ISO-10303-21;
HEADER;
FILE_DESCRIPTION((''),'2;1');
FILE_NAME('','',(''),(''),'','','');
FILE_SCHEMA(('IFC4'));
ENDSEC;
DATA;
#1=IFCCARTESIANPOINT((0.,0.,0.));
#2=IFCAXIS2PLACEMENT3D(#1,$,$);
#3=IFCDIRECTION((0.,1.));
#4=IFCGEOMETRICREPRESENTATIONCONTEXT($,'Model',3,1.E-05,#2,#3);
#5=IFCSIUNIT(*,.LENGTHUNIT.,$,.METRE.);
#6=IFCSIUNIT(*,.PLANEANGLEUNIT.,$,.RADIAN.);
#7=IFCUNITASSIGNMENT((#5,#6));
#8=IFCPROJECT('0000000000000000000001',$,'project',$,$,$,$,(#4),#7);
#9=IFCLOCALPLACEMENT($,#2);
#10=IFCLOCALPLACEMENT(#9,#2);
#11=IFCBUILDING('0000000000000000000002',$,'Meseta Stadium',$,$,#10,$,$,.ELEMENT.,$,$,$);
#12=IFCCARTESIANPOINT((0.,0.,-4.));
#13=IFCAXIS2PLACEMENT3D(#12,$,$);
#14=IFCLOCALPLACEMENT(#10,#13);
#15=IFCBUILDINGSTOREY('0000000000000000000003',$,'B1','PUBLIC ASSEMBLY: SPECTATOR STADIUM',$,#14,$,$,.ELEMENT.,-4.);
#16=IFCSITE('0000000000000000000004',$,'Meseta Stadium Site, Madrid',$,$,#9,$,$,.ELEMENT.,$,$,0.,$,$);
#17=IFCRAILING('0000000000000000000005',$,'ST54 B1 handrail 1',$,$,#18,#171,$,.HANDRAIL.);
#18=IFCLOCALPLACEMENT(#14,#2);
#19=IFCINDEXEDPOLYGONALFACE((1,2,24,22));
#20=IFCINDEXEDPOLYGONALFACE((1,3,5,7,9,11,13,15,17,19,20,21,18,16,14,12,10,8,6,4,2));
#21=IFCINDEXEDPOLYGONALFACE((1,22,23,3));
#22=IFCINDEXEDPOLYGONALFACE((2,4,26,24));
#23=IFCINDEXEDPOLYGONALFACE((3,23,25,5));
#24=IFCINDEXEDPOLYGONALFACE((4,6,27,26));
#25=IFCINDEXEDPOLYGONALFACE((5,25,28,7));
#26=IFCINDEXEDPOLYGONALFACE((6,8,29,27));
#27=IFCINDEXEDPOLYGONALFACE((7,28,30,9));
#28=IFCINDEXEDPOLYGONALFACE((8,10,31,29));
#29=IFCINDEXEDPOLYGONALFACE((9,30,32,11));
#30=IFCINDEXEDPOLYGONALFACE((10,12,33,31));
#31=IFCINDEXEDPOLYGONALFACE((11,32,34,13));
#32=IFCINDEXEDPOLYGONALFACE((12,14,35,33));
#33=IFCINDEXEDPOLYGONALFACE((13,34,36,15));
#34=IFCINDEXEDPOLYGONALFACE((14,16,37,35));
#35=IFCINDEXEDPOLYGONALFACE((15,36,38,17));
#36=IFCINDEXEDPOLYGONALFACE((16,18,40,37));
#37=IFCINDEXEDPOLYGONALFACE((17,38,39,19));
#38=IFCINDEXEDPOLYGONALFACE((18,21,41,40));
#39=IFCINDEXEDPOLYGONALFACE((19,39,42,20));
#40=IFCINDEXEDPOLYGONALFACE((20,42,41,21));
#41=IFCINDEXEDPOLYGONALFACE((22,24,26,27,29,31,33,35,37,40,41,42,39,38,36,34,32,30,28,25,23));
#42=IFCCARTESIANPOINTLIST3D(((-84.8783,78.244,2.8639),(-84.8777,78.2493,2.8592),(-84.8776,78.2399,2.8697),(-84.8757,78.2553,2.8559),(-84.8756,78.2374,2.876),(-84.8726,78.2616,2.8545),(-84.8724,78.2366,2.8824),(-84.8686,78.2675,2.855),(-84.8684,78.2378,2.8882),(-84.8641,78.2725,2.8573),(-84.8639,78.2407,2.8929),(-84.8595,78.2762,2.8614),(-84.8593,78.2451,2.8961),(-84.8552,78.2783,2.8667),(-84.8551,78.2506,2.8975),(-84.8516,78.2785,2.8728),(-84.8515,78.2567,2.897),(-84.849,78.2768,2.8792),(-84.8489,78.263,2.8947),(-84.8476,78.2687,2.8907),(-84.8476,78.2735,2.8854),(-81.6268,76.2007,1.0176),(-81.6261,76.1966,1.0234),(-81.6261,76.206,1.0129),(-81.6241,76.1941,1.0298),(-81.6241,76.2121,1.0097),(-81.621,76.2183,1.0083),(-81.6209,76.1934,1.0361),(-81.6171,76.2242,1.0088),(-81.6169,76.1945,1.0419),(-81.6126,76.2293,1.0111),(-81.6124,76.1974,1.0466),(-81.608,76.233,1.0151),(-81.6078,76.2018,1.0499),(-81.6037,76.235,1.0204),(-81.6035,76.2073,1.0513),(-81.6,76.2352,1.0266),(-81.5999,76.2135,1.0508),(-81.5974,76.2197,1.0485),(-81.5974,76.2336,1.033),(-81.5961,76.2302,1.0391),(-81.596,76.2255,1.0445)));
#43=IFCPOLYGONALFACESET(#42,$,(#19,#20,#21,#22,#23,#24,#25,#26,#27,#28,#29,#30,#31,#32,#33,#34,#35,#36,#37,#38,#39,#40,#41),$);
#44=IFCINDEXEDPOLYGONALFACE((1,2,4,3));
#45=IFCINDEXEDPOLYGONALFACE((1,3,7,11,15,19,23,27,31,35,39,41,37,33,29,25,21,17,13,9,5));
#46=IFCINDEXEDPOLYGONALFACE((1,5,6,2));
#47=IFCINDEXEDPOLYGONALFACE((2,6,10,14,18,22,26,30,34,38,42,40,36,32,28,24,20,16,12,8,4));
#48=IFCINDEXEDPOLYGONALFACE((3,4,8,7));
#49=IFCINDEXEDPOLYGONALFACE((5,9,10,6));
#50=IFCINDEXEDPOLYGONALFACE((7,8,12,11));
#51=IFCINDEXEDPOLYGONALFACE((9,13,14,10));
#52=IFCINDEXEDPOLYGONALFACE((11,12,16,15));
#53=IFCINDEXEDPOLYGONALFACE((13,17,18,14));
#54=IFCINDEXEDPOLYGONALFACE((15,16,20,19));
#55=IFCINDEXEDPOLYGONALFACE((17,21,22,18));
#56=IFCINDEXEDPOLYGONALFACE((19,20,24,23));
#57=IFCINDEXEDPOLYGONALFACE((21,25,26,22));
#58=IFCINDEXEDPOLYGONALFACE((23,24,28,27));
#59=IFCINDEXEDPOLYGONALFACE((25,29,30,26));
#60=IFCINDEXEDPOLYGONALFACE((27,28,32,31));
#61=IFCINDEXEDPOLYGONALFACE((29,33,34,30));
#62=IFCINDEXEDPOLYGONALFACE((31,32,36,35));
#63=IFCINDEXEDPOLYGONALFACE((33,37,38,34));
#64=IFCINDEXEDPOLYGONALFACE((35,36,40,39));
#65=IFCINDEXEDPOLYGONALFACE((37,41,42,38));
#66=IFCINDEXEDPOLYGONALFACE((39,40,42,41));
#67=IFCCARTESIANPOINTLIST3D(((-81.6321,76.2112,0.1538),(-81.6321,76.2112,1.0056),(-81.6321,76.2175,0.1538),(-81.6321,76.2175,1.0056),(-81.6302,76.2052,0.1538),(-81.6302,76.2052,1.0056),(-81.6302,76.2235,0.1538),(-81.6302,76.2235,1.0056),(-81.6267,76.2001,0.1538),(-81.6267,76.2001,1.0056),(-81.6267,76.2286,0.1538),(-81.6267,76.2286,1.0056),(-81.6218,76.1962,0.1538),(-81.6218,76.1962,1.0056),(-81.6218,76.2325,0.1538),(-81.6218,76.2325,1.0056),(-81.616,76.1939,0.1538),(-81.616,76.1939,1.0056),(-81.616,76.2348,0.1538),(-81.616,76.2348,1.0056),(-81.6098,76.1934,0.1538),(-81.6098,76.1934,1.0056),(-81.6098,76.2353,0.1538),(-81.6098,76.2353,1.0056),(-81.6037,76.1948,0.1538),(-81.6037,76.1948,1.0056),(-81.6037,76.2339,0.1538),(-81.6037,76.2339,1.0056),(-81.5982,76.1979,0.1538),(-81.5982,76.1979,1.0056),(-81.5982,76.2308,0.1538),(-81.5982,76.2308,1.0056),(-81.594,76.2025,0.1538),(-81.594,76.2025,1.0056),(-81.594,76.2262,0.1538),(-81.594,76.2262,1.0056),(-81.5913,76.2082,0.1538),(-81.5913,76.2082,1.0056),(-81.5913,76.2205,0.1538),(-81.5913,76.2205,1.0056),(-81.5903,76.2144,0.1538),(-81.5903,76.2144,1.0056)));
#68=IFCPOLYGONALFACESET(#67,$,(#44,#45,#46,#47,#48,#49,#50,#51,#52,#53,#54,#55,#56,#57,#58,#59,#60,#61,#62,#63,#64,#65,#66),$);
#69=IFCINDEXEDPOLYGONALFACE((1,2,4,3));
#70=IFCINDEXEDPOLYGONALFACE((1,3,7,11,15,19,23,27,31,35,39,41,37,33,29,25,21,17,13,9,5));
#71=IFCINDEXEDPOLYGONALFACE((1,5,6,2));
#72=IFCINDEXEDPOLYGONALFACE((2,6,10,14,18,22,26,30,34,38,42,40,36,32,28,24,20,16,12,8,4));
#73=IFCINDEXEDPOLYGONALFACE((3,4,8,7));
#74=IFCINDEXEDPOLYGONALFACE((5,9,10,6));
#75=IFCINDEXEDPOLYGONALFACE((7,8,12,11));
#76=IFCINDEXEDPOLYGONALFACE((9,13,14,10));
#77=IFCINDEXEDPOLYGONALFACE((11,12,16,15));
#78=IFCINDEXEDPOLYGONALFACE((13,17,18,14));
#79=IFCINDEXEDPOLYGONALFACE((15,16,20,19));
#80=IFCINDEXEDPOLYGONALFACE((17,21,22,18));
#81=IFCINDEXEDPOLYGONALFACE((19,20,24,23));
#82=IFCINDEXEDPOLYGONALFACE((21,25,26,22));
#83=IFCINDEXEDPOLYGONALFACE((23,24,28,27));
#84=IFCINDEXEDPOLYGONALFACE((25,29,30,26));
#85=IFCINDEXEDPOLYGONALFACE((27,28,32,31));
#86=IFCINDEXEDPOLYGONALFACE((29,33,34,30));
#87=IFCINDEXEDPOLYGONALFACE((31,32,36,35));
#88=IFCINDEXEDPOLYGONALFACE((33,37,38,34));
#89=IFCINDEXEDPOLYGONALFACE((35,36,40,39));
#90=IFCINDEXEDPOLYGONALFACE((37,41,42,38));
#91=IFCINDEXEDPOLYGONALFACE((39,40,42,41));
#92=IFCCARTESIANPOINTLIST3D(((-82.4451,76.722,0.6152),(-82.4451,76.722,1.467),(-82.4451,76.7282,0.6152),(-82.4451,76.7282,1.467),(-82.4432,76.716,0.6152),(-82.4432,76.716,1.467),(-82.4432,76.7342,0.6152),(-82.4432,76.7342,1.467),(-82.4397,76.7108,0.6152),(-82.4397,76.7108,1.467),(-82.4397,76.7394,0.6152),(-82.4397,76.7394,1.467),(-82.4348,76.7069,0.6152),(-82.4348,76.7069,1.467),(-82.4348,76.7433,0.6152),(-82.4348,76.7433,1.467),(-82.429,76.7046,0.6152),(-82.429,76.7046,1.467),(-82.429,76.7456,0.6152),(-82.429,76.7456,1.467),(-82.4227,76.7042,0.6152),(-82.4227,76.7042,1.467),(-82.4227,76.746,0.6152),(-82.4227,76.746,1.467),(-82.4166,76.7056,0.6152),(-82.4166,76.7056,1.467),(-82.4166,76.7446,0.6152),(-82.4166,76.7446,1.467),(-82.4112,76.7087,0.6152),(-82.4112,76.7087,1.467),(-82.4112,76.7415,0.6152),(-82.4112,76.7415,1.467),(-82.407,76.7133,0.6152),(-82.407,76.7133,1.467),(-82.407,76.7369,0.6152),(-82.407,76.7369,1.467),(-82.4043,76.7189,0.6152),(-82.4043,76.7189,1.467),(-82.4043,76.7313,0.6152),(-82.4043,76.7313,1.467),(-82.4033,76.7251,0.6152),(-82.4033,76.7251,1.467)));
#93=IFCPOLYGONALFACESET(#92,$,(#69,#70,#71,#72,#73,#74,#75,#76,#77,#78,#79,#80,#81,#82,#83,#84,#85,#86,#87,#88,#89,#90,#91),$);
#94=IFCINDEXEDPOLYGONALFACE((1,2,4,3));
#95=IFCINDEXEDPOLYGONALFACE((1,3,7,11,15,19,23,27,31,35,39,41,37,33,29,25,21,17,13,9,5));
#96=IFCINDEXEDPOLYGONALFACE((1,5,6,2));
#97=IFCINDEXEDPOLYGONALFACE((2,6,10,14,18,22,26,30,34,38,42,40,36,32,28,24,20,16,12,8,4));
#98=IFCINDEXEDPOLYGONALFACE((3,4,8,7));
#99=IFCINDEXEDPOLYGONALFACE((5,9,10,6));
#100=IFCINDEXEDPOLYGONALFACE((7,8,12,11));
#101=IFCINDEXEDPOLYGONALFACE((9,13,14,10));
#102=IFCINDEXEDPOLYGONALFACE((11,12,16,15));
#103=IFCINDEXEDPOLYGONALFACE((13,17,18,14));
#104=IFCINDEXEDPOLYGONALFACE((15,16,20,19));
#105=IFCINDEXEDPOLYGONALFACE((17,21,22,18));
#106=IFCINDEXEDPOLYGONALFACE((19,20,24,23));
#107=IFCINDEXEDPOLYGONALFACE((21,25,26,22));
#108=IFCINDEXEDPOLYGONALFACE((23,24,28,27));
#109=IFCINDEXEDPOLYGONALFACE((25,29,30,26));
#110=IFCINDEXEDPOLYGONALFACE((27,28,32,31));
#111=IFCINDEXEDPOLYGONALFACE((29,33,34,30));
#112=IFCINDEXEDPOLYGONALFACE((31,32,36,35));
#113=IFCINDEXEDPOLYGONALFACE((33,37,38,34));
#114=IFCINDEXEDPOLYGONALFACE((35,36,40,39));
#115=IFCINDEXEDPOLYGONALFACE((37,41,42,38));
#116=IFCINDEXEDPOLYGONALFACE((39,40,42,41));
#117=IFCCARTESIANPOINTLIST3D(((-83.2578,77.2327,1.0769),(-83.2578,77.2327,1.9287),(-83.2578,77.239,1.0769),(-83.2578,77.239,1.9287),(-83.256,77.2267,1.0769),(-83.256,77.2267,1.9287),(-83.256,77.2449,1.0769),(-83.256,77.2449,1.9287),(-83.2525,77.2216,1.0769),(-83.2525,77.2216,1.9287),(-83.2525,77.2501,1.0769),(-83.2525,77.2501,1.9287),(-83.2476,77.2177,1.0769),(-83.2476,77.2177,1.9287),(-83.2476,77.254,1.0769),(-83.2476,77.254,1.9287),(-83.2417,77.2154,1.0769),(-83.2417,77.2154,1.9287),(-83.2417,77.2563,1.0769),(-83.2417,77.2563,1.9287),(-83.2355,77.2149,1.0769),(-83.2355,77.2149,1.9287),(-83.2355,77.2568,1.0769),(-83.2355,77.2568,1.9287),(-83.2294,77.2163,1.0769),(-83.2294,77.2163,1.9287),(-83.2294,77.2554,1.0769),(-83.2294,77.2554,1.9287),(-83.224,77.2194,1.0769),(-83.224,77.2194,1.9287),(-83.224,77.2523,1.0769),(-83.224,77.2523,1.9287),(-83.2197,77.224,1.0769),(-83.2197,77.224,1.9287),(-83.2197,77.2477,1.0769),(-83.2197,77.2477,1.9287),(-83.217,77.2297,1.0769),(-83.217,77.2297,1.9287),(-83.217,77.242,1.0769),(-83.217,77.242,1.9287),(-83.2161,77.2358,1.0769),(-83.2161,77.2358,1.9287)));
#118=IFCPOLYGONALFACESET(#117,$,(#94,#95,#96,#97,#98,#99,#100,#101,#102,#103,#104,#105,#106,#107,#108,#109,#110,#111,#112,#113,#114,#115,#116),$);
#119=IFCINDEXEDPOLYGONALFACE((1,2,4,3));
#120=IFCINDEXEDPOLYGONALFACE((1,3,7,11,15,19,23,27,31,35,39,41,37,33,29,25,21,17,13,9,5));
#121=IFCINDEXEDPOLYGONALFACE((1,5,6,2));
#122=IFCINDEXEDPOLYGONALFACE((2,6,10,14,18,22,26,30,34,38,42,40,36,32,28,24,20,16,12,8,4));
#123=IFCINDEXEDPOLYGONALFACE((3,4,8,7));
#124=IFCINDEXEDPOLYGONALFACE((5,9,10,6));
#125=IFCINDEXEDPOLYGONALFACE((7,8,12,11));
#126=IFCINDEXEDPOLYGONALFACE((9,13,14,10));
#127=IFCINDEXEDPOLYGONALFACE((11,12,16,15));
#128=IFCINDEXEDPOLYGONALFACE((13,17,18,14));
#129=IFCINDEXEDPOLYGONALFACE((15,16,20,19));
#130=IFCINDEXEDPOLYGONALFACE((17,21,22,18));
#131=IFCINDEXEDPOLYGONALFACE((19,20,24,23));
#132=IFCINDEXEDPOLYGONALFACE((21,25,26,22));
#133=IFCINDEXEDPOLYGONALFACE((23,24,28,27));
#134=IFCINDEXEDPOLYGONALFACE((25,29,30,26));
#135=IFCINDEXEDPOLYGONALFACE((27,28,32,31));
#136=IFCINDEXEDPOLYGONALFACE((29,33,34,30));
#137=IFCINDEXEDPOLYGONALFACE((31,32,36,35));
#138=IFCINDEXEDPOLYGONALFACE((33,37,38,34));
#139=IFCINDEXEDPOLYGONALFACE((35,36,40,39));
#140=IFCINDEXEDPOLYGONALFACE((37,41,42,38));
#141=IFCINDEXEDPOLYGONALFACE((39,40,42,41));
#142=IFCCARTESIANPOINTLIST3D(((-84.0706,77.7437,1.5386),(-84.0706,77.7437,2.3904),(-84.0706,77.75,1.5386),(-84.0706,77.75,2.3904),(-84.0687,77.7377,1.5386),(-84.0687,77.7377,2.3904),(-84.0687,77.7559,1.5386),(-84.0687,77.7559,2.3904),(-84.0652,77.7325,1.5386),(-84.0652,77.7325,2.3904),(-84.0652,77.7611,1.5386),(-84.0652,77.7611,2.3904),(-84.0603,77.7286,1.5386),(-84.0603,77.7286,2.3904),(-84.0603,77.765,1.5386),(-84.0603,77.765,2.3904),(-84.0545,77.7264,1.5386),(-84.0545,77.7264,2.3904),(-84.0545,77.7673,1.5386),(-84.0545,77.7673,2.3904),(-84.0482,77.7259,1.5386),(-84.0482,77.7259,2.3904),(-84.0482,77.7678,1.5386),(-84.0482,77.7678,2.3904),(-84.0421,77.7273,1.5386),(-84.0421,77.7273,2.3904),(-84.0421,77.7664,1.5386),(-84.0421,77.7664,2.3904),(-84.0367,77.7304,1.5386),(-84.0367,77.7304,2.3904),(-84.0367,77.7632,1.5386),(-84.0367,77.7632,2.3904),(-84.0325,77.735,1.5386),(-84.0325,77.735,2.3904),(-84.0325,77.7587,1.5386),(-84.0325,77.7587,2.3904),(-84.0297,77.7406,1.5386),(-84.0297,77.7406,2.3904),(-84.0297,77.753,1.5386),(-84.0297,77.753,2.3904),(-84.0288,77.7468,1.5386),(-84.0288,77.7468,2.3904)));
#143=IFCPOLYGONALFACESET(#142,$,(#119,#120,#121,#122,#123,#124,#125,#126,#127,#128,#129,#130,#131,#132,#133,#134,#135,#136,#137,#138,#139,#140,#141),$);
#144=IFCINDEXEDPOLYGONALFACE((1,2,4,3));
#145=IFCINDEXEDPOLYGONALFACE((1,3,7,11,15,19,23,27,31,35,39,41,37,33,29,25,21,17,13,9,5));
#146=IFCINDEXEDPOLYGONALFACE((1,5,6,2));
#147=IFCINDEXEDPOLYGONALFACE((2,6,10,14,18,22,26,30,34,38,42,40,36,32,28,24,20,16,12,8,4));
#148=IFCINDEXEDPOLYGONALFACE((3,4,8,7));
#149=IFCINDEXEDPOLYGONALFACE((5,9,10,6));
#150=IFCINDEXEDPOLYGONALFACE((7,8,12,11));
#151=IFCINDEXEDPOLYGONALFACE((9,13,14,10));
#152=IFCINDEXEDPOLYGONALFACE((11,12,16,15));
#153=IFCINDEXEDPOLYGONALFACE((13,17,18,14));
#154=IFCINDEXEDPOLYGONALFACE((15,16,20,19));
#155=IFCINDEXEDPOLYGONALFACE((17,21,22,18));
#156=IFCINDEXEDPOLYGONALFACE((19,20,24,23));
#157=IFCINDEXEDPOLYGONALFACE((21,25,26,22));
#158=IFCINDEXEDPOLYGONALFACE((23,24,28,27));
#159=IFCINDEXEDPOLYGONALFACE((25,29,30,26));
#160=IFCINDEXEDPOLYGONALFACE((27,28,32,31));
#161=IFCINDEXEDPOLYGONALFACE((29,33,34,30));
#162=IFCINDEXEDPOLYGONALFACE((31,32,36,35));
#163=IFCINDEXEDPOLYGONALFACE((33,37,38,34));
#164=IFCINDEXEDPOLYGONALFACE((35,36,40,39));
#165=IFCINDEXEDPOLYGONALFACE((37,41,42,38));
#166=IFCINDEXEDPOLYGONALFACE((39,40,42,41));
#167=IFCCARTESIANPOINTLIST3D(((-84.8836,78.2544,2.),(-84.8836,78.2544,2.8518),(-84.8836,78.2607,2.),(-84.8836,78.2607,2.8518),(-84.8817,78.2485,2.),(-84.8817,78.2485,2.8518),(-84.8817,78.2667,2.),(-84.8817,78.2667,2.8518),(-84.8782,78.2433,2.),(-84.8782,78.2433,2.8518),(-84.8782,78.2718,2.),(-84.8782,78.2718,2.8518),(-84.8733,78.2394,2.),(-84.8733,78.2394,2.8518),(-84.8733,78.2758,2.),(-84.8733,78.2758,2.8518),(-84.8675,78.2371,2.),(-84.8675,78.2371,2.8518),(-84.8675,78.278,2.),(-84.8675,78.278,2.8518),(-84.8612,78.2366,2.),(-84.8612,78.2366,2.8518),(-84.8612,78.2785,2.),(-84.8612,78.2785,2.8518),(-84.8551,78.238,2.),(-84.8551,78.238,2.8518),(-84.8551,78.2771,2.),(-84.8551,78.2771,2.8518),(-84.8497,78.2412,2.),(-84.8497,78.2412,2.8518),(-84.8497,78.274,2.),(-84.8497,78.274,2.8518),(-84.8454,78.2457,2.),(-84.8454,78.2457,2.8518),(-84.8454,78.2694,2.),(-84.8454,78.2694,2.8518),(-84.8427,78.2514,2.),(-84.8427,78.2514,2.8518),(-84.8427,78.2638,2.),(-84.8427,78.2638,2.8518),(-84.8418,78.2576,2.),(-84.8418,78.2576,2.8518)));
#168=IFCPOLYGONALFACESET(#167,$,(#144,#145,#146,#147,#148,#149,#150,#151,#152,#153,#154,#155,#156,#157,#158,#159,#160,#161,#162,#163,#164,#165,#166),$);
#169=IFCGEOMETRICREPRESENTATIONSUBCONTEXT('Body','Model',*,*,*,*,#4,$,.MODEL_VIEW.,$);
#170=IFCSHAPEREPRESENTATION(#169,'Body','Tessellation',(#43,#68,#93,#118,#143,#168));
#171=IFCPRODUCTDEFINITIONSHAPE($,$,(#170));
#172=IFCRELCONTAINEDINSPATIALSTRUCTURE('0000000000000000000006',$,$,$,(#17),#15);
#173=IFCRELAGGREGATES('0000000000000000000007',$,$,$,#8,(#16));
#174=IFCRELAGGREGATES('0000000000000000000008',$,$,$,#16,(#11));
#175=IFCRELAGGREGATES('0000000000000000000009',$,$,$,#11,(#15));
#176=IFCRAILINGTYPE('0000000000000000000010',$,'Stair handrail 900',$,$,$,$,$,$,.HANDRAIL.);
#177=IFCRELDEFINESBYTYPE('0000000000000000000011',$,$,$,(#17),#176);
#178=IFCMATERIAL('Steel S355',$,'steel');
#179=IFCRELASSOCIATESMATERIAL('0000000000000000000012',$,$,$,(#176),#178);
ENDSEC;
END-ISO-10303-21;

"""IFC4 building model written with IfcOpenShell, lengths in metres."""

from ifc_helpers import new_model, si_unit, direction, frame, origin, origin_2d, place, context, subcontext, project, spatial, circle, extrude, material, type_object, element, save


model = new_model("IFC4")

# Units and contexts
model_context = context("Model", 3, precision=1e-05, world=origin(), true_north=direction((0.0, 1.0)))
body_context = subcontext(model_context, "Body", "Model", "MODEL_VIEW")
ifc_project = project(units=[si_unit("LENGTHUNIT", "METRE"), si_unit("PLANEANGLEUNIT", "RADIAN")], contexts=[model_context])

# Site, building, storey
site_placement = place(None, origin())
site = spatial("IfcSite", under=ifc_project, at=site_placement, Name="Meseta Stadium Site, Madrid", CompositionType="ELEMENT", RefElevation=0.0)
building_placement = place(site_placement, origin())
building = spatial("IfcBuilding", under=site, at=building_placement, Name="Meseta Stadium", CompositionType="ELEMENT")
storey_placement = place(building_placement, frame((0.0, 0.0, -4.0)))
storey = spatial("IfcBuildingStorey", under=building, at=storey_placement, Name="B1", Description="PUBLIC ASSEMBLY: SPECTATOR STADIUM", CompositionType="ELEMENT", Elevation=-4.0)

# Railing
ifc_material_1 = material(Name="Steel S355", Category="steel")
railing_type_1 = type_object("IfcRailingType", Name="Stair handrail 900", PredefinedType="HANDRAIL", material=ifc_material_1)
railing_1_placement = place(storey_placement, frame((-81.6113, 76.2144, 0.1538)))
element("IfcRailing", 1, at=railing_1_placement, inside=storey, type_object=railing_type_1, Name="ST54 B1 handrail 1", PredefinedType="HANDRAIL", context=body_context, shape_type="SweptSolid", body=[
    extrude(circle(Radius=0.0239, at=origin_2d()), frame((0.0, 0.0, 0.876), z_axis=(-0.763096, 0.479527, 0.433288), x_axis=(-0.532066, -0.846703, 0.0)), (0.0, 0.0, 1.0), 4.261),
    extrude(circle(Radius=0.021, at=origin_2d()), origin(), (0.0, 0.0, 1.0), 0.8518),
    extrude(circle(Radius=0.021, at=origin_2d()), frame((-0.813, 0.5107, 0.4614)), (0.0, 0.0, 1.0), 0.8518),
    extrude(circle(Radius=0.021, at=origin_2d()), frame((-1.6257, 1.0215, 0.9231)), (0.0, 0.0, 1.0), 0.8518),
    extrude(circle(Radius=0.021, at=origin_2d()), frame((-2.4385, 1.5325, 1.3848)), (0.0, 0.0, 1.0), 0.8518),
    extrude(circle(Radius=0.021, at=origin_2d()), frame((-3.2515, 2.0432, 1.8462)), (0.0, 0.0, 1.0), 0.8518),
])

save(model, "model.ifc")
